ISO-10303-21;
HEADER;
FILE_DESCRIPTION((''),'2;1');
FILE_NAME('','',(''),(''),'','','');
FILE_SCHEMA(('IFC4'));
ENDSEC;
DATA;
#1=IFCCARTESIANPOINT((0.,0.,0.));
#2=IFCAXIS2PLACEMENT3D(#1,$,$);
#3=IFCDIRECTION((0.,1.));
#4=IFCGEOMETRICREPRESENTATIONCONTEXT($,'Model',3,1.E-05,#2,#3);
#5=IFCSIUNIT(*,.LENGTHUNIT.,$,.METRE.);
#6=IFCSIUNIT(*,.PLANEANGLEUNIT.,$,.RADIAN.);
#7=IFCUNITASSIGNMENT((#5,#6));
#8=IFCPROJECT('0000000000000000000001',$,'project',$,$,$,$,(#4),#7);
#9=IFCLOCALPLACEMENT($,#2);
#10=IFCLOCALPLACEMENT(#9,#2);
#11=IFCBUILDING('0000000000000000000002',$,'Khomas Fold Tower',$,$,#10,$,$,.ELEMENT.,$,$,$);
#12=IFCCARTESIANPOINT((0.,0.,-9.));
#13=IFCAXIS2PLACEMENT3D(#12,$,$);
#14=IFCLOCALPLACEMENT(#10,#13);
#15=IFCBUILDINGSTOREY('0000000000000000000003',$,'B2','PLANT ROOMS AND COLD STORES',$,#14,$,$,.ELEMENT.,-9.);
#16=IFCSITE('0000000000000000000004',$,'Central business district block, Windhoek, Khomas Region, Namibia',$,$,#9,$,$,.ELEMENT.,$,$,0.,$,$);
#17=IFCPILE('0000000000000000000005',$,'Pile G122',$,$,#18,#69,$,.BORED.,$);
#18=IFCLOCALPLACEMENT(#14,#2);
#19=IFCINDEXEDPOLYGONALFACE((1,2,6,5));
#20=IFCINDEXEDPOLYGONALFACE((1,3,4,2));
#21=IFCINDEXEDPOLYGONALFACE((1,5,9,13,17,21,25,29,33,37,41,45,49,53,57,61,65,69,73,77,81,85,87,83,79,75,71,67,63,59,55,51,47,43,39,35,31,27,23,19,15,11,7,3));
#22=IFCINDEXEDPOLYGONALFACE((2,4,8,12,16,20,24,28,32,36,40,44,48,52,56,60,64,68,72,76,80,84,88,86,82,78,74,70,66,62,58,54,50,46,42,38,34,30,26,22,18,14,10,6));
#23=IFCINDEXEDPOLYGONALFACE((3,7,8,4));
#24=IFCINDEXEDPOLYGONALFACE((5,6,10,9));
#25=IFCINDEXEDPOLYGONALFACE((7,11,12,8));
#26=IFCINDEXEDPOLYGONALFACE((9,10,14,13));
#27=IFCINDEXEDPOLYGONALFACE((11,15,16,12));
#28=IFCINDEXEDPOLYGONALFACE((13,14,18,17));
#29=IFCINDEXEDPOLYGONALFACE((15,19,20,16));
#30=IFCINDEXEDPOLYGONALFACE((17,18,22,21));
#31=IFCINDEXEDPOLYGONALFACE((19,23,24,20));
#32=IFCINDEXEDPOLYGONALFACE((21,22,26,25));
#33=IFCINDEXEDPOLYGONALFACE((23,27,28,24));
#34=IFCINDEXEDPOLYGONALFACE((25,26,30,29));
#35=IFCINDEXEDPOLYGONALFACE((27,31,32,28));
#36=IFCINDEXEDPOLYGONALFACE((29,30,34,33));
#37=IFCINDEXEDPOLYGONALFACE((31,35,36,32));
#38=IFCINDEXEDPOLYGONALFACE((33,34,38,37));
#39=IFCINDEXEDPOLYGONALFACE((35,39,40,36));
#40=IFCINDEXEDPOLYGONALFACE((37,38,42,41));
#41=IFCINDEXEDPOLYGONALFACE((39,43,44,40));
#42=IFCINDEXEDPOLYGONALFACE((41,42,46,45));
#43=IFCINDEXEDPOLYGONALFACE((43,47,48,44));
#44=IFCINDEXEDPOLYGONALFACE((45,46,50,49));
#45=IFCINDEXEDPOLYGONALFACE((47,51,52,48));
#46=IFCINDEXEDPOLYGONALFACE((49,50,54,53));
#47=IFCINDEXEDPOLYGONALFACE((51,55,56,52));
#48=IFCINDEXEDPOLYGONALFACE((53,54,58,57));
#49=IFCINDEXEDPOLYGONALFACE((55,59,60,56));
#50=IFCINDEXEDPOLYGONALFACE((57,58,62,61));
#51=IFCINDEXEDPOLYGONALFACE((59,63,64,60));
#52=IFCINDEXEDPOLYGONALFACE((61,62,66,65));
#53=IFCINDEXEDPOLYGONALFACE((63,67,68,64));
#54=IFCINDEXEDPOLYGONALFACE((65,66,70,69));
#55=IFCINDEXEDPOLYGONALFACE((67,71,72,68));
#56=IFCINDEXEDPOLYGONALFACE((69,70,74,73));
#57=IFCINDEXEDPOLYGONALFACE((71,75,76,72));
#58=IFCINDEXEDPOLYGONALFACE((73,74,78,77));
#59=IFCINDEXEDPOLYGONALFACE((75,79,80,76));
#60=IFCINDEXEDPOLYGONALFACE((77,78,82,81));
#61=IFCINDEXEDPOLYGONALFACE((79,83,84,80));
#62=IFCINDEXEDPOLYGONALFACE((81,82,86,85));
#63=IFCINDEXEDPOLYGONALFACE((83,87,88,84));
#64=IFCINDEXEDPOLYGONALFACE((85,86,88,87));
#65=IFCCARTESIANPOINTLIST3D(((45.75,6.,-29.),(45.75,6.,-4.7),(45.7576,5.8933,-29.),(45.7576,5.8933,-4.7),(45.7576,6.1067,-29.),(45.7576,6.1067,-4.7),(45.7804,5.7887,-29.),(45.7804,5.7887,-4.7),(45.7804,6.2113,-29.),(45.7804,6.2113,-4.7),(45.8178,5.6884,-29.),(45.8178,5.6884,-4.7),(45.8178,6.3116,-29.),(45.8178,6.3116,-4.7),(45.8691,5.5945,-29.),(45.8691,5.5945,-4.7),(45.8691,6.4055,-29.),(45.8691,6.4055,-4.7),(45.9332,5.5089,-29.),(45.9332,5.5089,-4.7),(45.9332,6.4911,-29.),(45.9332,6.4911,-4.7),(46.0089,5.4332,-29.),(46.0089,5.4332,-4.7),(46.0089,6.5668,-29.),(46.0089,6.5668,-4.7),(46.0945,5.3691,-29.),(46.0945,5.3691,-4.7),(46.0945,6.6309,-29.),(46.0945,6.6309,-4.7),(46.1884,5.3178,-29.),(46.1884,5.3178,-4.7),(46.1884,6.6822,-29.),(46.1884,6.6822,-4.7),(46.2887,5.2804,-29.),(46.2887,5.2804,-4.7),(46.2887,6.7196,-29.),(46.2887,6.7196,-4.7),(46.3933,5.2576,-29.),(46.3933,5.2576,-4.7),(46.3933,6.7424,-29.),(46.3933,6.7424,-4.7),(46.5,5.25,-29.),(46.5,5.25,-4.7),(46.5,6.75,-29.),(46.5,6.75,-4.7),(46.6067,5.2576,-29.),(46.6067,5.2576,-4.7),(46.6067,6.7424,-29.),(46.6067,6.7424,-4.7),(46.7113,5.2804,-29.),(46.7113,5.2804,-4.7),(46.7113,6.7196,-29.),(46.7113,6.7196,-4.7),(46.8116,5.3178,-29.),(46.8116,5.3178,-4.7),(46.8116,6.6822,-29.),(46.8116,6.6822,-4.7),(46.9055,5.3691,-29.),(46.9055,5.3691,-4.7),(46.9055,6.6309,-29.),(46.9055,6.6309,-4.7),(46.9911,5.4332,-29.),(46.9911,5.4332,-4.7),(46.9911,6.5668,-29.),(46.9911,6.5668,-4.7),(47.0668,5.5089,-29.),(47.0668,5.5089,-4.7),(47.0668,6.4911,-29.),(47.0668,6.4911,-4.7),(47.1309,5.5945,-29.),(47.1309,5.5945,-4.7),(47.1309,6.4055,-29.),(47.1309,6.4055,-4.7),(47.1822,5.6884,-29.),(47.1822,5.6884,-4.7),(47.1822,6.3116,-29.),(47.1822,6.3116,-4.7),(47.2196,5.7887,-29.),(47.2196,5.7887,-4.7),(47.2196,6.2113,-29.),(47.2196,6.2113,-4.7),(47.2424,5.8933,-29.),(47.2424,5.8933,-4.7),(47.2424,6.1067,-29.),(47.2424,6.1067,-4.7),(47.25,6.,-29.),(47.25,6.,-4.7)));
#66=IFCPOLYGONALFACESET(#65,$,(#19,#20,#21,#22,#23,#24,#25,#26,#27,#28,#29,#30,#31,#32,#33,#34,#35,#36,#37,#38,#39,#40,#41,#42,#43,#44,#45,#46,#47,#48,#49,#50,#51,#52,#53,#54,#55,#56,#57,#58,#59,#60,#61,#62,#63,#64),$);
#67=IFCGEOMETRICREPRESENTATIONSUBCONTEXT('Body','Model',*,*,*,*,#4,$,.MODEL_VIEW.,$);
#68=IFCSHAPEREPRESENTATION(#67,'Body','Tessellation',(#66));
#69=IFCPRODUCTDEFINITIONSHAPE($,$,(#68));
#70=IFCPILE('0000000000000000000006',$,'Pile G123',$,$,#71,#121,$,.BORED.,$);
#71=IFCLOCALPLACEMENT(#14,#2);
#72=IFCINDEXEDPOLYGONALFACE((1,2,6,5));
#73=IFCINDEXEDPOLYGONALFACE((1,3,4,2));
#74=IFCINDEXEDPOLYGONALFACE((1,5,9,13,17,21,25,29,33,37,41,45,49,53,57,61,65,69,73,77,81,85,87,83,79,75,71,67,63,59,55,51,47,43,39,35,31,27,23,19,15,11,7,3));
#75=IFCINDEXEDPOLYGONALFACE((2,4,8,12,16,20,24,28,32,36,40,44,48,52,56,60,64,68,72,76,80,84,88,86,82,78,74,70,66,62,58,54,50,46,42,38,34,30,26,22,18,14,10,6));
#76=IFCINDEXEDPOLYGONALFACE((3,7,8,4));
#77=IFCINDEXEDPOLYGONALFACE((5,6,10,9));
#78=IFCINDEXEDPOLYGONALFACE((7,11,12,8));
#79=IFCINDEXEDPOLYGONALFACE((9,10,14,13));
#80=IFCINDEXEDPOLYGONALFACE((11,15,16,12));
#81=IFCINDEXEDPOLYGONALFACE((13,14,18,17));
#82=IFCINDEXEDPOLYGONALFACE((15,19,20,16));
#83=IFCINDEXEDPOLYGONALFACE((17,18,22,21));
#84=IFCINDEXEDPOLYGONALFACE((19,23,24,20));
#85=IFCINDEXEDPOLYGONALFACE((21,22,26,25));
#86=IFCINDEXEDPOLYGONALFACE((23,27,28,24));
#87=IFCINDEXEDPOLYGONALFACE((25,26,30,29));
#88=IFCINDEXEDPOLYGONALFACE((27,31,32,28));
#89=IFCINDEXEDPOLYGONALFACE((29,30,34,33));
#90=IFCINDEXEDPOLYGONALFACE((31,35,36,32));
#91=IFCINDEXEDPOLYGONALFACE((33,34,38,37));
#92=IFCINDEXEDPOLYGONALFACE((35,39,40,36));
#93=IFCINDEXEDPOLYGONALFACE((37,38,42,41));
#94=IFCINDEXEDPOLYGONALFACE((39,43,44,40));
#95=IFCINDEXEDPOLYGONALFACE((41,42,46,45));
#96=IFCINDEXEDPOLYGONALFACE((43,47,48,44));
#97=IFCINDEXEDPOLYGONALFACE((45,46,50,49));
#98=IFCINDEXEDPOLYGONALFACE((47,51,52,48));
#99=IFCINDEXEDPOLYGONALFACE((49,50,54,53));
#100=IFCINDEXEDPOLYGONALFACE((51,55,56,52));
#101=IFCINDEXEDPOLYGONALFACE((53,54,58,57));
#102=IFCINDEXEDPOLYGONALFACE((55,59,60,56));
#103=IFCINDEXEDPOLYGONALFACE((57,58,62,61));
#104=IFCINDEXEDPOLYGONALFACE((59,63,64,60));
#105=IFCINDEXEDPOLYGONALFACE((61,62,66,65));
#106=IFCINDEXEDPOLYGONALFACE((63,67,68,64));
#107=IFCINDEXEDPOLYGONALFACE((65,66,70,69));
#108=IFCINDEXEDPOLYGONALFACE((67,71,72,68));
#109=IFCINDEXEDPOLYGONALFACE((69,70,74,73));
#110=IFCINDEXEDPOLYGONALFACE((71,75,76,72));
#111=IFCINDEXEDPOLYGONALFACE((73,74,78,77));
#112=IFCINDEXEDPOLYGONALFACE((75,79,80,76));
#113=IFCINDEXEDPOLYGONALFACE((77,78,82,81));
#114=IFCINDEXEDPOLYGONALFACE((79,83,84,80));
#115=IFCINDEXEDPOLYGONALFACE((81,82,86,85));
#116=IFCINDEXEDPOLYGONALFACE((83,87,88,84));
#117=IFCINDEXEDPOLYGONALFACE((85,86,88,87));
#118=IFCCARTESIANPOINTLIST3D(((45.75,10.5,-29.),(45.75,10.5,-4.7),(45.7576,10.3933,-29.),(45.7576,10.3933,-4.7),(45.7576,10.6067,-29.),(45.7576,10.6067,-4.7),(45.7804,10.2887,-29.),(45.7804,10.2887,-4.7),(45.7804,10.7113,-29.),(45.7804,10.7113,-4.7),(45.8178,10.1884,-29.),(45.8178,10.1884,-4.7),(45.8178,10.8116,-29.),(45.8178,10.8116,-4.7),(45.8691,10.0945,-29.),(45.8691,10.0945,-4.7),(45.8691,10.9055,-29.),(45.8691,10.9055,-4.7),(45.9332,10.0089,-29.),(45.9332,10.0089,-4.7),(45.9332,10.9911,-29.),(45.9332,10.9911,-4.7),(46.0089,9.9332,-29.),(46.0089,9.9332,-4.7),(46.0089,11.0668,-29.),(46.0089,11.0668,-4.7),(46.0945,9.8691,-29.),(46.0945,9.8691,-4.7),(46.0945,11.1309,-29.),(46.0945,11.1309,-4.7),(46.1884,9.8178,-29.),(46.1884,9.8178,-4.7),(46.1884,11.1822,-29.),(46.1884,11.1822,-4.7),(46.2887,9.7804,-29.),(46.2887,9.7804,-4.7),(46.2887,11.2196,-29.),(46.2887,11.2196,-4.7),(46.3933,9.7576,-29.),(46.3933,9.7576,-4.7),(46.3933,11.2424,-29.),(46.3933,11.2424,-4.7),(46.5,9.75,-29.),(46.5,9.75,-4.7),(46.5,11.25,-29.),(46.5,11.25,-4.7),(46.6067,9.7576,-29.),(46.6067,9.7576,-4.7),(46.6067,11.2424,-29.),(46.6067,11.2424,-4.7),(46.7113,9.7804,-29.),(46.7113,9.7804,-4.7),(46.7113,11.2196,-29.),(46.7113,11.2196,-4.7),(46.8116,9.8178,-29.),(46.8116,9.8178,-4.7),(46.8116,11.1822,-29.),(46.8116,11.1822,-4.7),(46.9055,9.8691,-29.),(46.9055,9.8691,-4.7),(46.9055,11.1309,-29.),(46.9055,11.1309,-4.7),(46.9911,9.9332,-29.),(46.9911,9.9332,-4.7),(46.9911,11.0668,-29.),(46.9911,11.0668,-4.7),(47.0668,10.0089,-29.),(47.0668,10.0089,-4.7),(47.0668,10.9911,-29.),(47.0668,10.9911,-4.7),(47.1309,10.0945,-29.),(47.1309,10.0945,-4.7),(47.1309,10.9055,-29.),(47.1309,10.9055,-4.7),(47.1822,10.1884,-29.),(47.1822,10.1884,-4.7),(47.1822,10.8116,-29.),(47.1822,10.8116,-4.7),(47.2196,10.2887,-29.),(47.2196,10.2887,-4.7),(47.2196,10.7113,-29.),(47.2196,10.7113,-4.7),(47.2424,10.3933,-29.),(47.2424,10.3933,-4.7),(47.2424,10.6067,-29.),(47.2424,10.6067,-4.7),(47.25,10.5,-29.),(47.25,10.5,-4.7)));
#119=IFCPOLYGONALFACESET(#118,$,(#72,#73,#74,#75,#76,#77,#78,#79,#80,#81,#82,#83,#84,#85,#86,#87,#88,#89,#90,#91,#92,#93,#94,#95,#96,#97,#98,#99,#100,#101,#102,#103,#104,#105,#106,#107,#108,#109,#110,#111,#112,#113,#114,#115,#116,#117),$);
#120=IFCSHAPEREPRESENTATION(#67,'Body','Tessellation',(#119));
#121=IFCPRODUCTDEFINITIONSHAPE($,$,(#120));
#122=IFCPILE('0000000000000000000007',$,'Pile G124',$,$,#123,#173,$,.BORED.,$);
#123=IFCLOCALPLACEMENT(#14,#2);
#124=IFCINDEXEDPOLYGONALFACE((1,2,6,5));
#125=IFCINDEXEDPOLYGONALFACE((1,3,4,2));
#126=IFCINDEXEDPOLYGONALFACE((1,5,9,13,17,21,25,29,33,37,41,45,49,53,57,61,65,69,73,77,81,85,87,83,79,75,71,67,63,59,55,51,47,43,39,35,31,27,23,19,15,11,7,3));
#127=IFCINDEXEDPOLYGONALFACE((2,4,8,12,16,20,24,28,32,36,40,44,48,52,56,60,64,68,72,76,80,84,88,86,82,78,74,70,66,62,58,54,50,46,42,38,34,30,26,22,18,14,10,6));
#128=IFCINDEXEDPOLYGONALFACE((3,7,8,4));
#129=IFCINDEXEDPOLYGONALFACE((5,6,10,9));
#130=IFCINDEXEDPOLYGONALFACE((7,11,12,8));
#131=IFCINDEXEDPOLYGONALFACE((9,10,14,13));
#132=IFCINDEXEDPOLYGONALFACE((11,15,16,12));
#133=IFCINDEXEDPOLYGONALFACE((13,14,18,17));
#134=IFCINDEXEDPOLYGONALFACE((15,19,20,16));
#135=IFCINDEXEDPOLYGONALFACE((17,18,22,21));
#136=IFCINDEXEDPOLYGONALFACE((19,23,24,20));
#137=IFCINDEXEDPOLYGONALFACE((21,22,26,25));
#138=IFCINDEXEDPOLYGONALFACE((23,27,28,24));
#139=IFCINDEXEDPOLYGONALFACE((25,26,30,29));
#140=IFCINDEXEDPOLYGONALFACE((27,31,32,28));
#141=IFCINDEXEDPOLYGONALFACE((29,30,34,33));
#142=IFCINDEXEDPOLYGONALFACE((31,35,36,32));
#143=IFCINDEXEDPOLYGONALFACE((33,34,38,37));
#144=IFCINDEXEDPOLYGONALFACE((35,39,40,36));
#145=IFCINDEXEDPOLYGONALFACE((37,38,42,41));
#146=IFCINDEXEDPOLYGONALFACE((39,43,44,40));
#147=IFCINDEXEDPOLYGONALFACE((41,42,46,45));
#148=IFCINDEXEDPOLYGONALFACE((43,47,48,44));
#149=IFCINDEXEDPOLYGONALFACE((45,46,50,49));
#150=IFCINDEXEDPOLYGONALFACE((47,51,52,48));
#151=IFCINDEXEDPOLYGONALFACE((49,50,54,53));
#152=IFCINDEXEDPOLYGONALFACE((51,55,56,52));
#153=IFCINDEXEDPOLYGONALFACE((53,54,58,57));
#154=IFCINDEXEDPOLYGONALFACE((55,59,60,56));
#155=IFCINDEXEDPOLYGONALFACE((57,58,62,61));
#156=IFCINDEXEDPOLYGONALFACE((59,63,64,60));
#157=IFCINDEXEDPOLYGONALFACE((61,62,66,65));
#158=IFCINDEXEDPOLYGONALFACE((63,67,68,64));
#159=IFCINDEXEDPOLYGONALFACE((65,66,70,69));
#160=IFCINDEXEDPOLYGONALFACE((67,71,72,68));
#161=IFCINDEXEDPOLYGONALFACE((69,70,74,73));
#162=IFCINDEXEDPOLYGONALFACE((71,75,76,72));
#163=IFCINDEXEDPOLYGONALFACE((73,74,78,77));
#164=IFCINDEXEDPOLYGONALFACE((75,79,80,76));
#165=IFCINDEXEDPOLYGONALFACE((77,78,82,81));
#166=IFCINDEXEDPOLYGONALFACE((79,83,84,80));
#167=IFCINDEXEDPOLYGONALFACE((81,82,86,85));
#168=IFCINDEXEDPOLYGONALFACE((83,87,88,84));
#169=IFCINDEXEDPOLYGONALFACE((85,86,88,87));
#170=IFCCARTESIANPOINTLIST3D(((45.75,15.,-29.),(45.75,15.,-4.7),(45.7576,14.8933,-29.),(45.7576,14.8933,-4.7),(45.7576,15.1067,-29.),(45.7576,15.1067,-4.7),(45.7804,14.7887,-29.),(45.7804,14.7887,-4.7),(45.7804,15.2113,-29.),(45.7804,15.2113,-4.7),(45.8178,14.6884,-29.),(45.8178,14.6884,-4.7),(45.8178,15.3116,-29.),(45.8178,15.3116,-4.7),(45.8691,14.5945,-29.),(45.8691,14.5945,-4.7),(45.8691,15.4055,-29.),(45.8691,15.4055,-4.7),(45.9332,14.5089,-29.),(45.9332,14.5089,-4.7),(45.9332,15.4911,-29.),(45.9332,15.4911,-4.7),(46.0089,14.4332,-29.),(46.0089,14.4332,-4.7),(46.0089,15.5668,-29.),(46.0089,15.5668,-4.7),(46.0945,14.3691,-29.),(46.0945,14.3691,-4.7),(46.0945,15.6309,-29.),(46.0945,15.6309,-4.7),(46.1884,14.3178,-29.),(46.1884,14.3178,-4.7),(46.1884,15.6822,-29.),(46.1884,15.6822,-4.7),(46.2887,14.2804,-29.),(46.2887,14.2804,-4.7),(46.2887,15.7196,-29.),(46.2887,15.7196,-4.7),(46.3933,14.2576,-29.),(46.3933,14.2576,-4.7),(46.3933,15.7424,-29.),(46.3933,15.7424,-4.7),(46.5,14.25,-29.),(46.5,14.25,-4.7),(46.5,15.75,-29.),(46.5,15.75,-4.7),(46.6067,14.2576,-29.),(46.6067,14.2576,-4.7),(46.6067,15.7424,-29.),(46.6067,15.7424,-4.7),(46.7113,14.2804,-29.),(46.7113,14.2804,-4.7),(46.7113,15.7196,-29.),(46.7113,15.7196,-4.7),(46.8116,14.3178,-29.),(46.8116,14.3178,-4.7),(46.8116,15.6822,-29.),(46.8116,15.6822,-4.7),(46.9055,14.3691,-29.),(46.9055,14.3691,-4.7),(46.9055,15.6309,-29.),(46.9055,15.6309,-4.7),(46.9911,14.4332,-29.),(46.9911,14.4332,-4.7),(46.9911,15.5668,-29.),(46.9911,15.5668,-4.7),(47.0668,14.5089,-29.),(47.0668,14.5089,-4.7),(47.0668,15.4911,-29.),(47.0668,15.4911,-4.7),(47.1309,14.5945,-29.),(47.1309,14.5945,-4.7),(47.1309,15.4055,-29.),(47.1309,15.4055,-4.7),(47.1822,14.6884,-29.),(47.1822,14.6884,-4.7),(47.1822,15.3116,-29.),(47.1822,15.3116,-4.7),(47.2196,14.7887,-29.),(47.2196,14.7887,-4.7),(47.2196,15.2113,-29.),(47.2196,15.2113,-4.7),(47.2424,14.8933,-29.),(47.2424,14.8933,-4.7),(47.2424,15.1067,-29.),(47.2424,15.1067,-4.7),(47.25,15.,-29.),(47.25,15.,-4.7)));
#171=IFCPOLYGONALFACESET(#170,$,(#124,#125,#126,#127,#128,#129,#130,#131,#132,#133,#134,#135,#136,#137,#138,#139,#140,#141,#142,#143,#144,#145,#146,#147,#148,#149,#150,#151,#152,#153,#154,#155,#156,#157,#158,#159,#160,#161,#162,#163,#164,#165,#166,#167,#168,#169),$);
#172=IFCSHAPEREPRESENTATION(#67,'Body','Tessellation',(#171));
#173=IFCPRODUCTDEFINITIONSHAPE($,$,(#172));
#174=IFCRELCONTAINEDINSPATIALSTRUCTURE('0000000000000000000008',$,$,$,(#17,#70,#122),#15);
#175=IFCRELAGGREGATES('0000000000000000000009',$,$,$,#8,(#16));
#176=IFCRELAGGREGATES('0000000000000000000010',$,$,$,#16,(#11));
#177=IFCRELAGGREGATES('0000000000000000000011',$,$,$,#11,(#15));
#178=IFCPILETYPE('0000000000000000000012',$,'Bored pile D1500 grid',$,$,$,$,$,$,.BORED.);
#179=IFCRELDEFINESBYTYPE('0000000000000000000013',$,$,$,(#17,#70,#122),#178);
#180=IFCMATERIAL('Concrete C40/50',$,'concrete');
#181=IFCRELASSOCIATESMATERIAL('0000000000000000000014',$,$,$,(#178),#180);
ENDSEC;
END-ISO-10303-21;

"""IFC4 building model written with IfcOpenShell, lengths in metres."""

from ifc_helpers import new_model, si_unit, direction, frame, origin, origin_2d, place, context, subcontext, project, spatial, circle, extrude, source, transform, mapped, material, material_profile, profile_set, type_object, element, save


model = new_model("IFC4")

# Units and contexts
model_context = context("Model", 3, precision=1e-05, world=origin(), true_north=direction((0.0, 1.0)))
body_context = subcontext(model_context, "Body", "Model", "MODEL_VIEW")
ifc_project = project(units=[si_unit("LENGTHUNIT", "METRE"), si_unit("PLANEANGLEUNIT", "RADIAN")], contexts=[model_context])

# Site, building, storey
site_placement = place(None, origin())
site = spatial("IfcSite", under=ifc_project, at=site_placement, Name="Central business district block, Windhoek, Khomas Region, Namibia", CompositionType="ELEMENT", RefElevation=0.0)
building_placement = place(site_placement, origin())
building = spatial("IfcBuilding", under=site, at=building_placement, Name="Khomas Fold Tower", CompositionType="ELEMENT")
storey_placement = place(building_placement, frame((0.0, 0.0, -9.0)))
storey = spatial("IfcBuildingStorey", under=building, at=storey_placement, Name="B2", Description="PLANT ROOMS AND COLD STORES", CompositionType="ELEMENT", Elevation=-9.0)

# Piles
ifc_material_1 = material(Name="Concrete C40/50", Category="concrete")
ifc_material_profile_1 = material_profile(ifc_material_1, circle(Radius=0.75, at=origin_2d()), Name="PILE D1500")
ifc_profile_set_1 = profile_set([ifc_material_profile_1], Name="Concrete C40/50")
pile_type = type_object("IfcPileType", Name="Bored pile D1500 grid", PredefinedType="BORED", material=ifc_profile_set_1)
shared_shape_1 = source(origin(), body_context, "Body", "SweptSolid", [
    extrude(circle(Radius=0.75, at=origin_2d()), origin(), (0.0, 0.0, 1.0), 24.3),
])
for number, where, z_axis, x_axis, name in (
    (1, (46.5, 6.0, -4.7), (0.0, 0.0, -1.0), (1.0, 0.0, 0.0), "Pile G122"),
    (2, (46.5, 10.5, -4.7), (0.0, 0.0, -1.0), (1.0, 0.0, 0.0), "Pile G123"),
    (3, (46.5, 15.0, -4.7), (0.0, 0.0, -1.0), (1.0, 0.0, 0.0), "Pile G124"),
):
    element("IfcPile", number, at=place(storey_placement, frame(where, z_axis=z_axis, x_axis=x_axis)), inside=storey, type_object=pile_type, Name=name, PredefinedType="BORED", context=body_context, shape_type="MappedRepresentation", body=[
        mapped(shared_shape_1, transform((0.0, 0.0, 0.0))),
    ])

save(model, "model.ifc")
